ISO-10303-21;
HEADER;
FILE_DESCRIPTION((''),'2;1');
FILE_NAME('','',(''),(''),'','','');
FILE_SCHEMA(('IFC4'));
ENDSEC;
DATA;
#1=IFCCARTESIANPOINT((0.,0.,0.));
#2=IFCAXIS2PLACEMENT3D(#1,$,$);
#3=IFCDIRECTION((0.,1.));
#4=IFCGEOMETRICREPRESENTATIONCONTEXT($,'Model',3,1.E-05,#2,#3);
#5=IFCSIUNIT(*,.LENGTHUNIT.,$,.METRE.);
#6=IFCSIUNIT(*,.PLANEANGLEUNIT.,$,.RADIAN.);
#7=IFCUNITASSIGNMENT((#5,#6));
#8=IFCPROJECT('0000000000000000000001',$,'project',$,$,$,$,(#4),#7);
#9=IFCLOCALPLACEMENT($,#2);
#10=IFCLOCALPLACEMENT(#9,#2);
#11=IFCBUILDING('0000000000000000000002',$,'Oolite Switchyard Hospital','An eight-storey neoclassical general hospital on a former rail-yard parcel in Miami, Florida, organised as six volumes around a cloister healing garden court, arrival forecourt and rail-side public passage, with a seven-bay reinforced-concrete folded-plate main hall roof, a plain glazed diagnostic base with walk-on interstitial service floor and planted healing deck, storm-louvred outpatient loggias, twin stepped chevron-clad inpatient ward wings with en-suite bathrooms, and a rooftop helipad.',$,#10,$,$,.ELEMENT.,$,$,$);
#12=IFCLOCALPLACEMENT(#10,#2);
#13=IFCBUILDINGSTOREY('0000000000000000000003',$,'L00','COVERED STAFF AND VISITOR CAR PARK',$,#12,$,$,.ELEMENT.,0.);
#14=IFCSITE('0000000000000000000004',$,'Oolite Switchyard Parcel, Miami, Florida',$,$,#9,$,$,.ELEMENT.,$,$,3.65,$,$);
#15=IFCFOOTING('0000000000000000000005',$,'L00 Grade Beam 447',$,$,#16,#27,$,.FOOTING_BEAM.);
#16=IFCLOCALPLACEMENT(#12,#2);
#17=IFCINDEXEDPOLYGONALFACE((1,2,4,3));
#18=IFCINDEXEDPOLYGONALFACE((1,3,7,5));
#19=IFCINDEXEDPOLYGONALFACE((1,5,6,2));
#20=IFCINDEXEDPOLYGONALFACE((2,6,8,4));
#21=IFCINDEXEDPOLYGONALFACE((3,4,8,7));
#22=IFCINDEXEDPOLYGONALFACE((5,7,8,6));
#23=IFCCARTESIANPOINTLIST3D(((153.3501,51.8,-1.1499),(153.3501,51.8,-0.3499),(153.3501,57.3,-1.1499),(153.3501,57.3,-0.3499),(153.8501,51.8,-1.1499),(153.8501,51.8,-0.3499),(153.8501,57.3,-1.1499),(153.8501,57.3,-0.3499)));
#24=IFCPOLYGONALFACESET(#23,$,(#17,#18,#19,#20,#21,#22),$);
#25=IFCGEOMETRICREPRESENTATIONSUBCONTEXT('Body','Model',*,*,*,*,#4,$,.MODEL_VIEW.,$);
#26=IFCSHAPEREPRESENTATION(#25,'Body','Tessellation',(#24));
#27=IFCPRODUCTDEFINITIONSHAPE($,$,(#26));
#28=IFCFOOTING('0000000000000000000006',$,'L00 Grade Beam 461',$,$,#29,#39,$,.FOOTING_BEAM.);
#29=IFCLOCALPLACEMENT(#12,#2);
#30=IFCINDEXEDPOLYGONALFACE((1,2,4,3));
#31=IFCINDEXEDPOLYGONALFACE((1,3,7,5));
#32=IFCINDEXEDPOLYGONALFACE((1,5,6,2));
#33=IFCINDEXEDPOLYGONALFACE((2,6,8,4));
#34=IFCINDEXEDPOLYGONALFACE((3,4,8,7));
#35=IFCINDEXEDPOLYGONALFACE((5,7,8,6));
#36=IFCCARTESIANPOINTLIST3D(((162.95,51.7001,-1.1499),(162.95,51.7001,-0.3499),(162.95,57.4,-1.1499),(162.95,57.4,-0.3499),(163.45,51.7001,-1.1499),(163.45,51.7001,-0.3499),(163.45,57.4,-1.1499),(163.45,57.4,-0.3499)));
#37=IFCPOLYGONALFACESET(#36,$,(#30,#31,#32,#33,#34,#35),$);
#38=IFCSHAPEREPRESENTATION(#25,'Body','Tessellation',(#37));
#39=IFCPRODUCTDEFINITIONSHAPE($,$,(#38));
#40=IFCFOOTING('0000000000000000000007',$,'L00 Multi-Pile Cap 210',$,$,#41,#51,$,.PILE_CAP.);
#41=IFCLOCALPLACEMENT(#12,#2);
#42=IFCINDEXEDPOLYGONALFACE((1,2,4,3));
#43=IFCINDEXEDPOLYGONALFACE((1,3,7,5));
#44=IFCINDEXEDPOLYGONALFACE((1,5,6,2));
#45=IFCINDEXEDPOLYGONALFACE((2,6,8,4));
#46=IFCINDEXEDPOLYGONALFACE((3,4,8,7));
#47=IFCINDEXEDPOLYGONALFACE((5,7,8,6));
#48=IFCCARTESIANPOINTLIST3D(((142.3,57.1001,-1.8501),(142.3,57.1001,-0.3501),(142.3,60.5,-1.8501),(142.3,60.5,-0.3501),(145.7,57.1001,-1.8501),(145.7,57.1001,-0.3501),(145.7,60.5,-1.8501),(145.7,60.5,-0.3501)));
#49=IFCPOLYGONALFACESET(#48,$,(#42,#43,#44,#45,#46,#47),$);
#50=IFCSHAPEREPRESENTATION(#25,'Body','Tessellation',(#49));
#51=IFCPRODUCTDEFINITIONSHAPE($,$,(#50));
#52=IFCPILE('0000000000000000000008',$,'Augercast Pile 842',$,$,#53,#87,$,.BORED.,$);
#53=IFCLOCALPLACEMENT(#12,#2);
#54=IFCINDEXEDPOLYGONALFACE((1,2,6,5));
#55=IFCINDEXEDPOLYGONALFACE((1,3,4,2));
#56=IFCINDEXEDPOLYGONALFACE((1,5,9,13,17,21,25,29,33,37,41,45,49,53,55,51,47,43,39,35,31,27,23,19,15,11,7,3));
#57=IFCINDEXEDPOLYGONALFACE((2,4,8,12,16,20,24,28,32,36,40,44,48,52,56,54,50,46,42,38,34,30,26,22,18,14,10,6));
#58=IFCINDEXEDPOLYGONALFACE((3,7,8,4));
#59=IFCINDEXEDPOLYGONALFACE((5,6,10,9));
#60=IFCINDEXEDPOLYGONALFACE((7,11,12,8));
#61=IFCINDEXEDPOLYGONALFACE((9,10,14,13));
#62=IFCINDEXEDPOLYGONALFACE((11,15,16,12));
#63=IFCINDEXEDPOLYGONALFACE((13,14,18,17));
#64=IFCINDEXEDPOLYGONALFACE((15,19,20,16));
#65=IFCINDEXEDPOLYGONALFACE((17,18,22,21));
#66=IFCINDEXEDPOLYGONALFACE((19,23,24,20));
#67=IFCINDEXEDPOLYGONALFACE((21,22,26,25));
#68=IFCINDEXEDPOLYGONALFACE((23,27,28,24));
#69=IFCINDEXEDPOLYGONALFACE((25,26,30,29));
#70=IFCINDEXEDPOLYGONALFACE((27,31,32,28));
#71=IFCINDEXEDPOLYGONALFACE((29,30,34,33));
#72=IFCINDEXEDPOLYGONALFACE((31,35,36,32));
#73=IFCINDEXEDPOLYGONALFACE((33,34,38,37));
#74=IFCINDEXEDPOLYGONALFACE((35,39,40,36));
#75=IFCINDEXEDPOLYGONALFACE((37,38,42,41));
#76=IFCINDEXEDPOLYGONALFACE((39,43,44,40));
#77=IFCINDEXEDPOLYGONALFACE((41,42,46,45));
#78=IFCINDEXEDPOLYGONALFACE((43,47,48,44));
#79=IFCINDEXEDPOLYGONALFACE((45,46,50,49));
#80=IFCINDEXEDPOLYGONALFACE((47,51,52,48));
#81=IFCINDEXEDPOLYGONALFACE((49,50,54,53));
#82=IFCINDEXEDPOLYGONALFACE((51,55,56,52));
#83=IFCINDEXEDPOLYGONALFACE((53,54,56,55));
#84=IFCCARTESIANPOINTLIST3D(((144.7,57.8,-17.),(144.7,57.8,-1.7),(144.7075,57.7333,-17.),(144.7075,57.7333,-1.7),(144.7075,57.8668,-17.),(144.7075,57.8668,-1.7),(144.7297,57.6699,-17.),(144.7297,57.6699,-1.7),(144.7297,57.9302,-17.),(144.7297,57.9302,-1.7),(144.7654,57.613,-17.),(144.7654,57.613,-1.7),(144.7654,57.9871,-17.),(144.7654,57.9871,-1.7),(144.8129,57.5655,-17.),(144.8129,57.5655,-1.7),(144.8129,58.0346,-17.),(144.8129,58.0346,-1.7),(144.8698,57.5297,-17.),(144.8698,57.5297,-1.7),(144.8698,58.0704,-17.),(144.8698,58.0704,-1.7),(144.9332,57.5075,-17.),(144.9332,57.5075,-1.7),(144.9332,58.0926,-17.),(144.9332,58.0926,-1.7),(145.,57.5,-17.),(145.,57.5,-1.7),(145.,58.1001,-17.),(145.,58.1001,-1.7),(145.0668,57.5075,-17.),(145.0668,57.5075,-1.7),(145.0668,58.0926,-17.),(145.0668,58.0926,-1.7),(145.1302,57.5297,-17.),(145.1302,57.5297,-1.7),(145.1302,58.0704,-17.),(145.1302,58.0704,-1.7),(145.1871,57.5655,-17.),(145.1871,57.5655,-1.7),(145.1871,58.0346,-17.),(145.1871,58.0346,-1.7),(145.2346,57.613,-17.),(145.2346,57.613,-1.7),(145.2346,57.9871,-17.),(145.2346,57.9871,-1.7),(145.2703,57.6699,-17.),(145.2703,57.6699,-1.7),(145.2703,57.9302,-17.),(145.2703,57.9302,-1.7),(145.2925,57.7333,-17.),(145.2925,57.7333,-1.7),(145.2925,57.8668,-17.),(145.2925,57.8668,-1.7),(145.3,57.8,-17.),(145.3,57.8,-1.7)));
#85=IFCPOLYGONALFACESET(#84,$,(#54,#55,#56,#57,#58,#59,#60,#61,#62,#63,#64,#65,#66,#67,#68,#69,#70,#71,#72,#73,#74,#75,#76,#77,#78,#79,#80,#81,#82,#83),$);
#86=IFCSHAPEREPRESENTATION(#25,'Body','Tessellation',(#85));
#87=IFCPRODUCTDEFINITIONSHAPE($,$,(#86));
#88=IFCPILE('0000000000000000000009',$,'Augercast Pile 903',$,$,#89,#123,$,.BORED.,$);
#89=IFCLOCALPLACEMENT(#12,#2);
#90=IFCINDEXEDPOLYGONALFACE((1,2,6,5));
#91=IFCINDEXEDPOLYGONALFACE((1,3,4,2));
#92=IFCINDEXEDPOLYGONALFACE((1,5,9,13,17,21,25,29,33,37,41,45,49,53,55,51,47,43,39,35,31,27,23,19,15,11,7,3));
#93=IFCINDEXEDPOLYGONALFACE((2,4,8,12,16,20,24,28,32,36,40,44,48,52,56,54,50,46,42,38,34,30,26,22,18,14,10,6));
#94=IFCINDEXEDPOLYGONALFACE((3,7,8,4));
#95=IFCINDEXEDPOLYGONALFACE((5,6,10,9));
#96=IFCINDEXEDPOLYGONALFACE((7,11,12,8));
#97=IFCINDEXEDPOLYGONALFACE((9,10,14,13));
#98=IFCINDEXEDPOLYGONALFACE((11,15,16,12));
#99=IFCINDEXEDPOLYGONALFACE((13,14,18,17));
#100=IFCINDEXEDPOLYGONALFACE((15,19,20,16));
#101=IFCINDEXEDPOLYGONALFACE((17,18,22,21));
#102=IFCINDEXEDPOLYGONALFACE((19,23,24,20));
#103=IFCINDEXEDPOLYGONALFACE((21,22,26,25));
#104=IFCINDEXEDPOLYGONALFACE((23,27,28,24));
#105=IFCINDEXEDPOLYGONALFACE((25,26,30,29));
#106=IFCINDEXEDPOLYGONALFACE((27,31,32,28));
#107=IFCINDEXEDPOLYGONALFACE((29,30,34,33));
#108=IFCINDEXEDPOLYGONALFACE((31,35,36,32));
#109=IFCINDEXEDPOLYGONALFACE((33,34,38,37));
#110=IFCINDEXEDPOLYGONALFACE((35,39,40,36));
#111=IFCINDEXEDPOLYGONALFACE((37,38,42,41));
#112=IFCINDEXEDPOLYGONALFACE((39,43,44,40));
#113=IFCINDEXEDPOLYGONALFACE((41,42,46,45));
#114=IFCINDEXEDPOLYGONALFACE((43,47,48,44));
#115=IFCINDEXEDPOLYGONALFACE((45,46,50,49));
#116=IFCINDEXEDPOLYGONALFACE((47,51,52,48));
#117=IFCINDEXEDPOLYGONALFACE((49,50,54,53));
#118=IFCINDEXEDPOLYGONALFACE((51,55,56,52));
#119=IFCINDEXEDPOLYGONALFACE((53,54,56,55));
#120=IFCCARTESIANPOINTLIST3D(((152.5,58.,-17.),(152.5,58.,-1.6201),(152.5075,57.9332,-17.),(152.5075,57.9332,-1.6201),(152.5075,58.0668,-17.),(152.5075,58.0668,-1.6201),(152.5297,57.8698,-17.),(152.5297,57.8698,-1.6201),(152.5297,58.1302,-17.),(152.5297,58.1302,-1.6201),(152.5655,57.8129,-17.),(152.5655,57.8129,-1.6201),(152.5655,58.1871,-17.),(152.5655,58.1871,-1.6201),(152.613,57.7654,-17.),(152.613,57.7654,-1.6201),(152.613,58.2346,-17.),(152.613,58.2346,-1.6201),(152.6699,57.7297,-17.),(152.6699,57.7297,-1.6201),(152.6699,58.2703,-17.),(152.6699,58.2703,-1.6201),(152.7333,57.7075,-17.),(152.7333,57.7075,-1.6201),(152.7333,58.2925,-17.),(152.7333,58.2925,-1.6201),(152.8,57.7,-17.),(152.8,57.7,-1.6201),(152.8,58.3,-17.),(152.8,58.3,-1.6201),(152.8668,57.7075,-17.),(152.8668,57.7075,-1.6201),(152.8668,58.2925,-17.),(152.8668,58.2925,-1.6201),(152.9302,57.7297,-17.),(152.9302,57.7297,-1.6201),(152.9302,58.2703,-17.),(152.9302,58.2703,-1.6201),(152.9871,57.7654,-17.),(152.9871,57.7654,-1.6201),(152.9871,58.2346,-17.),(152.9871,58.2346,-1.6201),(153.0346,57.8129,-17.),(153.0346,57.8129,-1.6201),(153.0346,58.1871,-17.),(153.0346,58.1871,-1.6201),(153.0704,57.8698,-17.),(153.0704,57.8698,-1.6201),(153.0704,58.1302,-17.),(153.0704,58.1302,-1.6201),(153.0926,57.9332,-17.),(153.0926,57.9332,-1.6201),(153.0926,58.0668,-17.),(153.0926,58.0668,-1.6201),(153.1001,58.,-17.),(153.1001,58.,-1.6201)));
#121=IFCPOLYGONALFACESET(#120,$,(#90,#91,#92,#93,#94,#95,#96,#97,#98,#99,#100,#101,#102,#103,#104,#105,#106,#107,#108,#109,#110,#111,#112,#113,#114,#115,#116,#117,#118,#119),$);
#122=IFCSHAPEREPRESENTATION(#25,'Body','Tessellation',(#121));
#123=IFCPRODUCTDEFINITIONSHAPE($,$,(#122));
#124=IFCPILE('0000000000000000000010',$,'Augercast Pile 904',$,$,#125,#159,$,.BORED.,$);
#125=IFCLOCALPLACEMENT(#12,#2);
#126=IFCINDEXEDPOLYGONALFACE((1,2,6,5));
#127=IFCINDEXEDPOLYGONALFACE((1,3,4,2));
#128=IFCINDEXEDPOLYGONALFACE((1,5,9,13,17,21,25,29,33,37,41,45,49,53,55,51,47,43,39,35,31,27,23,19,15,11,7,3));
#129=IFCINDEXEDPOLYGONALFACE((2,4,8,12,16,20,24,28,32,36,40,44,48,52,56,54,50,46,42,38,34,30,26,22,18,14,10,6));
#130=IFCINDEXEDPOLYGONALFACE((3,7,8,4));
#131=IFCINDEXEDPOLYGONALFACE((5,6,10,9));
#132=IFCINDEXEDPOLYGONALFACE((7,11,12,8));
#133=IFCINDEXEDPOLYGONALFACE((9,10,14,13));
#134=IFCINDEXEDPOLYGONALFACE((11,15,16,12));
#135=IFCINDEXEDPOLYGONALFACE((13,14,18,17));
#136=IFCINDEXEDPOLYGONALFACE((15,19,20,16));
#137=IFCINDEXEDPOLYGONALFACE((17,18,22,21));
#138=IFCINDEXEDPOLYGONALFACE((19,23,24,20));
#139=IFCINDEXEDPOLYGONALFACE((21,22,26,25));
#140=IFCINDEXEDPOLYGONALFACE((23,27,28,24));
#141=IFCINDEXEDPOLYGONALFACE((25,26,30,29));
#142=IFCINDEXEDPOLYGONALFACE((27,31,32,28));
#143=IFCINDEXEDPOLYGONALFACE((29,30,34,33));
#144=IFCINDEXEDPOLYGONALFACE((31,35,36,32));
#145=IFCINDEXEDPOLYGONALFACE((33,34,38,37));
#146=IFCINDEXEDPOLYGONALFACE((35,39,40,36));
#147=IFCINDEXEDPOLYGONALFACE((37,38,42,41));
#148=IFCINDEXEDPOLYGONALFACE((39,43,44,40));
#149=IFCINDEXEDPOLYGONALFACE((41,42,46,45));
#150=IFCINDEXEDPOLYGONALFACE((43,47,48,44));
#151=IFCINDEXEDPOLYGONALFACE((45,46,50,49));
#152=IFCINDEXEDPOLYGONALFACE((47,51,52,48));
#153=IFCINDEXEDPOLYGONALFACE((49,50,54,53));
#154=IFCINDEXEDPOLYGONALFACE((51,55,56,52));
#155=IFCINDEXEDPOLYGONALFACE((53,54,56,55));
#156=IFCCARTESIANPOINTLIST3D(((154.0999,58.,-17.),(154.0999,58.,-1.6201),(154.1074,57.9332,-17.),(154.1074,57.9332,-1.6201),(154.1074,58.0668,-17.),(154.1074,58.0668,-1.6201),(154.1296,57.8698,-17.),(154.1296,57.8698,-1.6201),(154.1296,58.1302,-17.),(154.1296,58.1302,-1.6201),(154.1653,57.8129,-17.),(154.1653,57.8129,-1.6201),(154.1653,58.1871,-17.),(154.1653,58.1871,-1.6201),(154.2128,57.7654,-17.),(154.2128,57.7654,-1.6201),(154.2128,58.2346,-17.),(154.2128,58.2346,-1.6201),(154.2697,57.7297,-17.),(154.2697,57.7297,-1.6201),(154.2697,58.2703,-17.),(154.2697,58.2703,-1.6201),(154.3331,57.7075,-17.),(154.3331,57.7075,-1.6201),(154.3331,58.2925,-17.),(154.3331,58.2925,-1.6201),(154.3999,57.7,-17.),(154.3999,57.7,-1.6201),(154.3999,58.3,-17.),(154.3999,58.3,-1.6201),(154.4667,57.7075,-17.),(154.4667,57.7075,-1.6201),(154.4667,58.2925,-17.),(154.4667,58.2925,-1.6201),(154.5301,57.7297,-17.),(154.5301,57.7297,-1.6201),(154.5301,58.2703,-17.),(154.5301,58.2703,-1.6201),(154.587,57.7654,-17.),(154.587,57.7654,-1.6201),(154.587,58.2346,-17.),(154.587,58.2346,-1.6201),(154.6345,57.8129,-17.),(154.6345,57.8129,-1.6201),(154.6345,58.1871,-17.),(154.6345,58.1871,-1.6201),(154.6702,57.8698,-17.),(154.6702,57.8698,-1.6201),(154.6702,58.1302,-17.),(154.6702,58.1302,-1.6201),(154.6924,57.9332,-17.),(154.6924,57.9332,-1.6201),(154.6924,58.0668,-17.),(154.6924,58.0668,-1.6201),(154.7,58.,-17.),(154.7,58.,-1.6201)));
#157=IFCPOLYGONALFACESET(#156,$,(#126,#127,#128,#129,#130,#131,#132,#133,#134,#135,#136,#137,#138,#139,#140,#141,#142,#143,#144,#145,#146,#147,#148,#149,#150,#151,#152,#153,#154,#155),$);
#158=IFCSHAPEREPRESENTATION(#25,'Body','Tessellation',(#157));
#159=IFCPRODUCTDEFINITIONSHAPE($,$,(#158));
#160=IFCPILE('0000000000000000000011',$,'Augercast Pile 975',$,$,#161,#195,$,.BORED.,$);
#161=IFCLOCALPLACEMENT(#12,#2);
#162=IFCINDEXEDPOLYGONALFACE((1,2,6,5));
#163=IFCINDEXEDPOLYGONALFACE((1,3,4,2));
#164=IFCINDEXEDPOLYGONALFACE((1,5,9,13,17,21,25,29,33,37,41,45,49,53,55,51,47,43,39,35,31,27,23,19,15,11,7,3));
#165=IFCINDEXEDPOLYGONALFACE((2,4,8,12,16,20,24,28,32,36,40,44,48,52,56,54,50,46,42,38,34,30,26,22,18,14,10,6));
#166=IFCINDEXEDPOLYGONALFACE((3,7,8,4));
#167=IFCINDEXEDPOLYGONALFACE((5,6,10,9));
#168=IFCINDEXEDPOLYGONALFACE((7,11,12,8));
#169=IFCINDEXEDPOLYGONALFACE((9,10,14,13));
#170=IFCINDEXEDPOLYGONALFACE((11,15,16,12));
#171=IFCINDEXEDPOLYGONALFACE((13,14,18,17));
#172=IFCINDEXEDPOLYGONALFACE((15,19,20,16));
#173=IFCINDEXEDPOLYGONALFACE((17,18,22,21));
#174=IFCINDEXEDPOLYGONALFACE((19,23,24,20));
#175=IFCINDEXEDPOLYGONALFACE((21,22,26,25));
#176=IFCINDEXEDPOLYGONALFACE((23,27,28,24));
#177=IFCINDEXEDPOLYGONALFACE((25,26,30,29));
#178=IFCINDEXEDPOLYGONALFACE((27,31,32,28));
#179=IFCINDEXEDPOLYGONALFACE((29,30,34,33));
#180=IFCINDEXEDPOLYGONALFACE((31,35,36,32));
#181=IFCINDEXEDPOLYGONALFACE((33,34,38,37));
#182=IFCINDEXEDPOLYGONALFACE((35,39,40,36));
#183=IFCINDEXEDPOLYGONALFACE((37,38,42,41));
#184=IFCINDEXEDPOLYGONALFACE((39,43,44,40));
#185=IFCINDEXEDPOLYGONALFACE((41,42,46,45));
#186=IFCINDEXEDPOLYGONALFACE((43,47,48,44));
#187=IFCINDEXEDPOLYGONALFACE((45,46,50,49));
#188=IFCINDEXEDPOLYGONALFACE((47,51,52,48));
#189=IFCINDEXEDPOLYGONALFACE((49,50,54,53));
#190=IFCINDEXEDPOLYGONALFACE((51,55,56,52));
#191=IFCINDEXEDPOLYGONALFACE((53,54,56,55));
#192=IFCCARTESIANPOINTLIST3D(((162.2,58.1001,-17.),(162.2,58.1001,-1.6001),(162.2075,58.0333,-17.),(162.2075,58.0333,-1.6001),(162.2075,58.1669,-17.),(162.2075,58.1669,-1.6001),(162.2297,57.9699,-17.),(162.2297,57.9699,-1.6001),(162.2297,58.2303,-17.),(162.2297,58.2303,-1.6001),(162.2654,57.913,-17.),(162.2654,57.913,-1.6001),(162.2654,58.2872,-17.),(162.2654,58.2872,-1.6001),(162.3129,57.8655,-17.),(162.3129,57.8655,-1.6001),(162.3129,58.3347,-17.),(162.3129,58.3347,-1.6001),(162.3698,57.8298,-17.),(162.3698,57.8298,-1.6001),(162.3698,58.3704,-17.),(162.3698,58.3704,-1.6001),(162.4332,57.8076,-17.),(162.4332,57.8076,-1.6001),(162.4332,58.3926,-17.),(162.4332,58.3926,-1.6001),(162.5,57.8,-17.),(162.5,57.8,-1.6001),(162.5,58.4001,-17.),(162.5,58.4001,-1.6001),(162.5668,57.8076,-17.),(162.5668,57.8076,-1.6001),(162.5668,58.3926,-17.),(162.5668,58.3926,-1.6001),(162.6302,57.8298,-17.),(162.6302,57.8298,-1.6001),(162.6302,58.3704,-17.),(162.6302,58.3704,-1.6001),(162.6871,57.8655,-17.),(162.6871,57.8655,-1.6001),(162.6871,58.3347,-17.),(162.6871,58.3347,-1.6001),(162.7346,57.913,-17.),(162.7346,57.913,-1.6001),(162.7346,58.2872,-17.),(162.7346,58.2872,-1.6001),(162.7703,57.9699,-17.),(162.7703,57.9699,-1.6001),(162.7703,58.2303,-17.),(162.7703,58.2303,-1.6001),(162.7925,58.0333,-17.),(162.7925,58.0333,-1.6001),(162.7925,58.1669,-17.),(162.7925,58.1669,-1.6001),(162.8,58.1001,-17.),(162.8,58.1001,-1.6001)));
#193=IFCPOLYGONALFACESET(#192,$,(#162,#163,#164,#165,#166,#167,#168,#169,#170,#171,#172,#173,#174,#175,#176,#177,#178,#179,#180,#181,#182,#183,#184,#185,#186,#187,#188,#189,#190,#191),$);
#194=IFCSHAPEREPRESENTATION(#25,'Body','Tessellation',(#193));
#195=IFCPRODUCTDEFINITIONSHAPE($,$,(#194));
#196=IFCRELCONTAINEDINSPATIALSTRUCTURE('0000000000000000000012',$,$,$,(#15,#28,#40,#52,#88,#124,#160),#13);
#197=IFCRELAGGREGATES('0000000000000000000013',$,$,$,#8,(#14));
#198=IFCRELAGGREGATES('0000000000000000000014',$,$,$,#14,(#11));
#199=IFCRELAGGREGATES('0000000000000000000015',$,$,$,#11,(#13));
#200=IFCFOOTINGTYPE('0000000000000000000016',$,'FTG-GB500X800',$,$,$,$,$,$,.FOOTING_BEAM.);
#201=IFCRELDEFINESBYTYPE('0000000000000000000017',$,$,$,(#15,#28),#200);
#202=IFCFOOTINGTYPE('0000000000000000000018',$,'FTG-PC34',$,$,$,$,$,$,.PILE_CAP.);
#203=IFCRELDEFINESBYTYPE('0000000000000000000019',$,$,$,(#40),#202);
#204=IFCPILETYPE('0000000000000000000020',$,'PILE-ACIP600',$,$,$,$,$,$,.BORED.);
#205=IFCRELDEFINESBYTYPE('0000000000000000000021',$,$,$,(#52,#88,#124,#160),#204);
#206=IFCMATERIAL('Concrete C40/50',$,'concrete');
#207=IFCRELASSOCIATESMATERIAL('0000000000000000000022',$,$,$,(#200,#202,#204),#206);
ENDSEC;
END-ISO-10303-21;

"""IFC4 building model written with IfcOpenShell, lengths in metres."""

from ifc_helpers import new_model, si_unit, direction, frame, origin, origin_2d, place, context, subcontext, project, spatial, rectangle, circle, extrude, material, material_profile, profile_set, type_object, element, save


model = new_model("IFC4")

# Units and contexts
model_context = context("Model", 3, precision=1e-05, world=origin(), true_north=direction((0.0, 1.0)))
body_context = subcontext(model_context, "Body", "Model", "MODEL_VIEW")
ifc_project = project(units=[si_unit("LENGTHUNIT", "METRE"), si_unit("PLANEANGLEUNIT", "RADIAN")], contexts=[model_context])

# Site, building, storey
site_placement = place(None, origin())
site = spatial("IfcSite", under=ifc_project, at=site_placement, Name="Oolite Switchyard Parcel, Miami, Florida", CompositionType="ELEMENT", RefElevation=3.65)
building_placement = place(site_placement, origin())
building = spatial("IfcBuilding", under=site, at=building_placement, Name="Oolite Switchyard Hospital", Description="An eight-storey neoclassical general hospital on a former rail-yard parcel in Miami, Florida, organised as six volumes around a cloister healing garden court, arrival forecourt and rail-side public passage, with a seven-bay reinforced-concrete folded-plate main hall roof, a plain glazed diagnostic base with walk-on interstitial service floor and planted healing deck, storm-louvred outpatient loggias, twin stepped chevron-clad inpatient ward wings with en-suite bathrooms, and a rooftop helipad.", CompositionType="ELEMENT")
storey_placement = place(building_placement, origin())
storey = spatial("IfcBuildingStorey", under=building, at=storey_placement, Name="L00", Description="COVERED STAFF AND VISITOR CAR PARK", CompositionType="ELEMENT", Elevation=0.0)

# Footings
ifc_material_1 = material(Name="Concrete C40/50", Category="concrete")
footing_type_1 = type_object("IfcFootingType", Name="FTG-GB500X800", PredefinedType="FOOTING_BEAM", material=ifc_material_1)
footing_1_placement = place(storey_placement, frame((153.6001, 54.55, -1.1499), z_axis=(0.0, 0.0, 1.0), x_axis=(0.0, 1.0, 0.0)))
element("IfcFooting", 1, at=footing_1_placement, inside=storey, type_object=footing_type_1, Name="L00 Grade Beam 447", PredefinedType="FOOTING_BEAM", context=body_context, shape_type="SweptSolid", body=[
    extrude(rectangle(XDim=5.5, YDim=0.5, at=origin_2d()), origin(), (0.0, 0.0, 1.0), 0.8),
])
footing_2_placement = place(storey_placement, frame((163.2, 54.55, -1.1499), z_axis=(0.0, 0.0, 1.0), x_axis=(0.0, 1.0, 0.0)))
element("IfcFooting", 2, at=footing_2_placement, inside=storey, type_object=footing_type_1, Name="L00 Grade Beam 461", PredefinedType="FOOTING_BEAM", context=body_context, shape_type="SweptSolid", body=[
    extrude(rectangle(XDim=5.7, YDim=0.5, at=origin_2d()), origin(), (0.0, 0.0, 1.0), 0.8),
])
footing_type_2 = type_object("IfcFootingType", Name="FTG-PC34", PredefinedType="PILE_CAP", material=ifc_material_1)
footing_3_placement = place(storey_placement, frame((144.0, 58.8, -1.8501), z_axis=(0.0, 0.0, 1.0), x_axis=(1.0, 0.0, 0.0)))
element("IfcFooting", 3, at=footing_3_placement, inside=storey, type_object=footing_type_2, Name="L00 Multi-Pile Cap 210", PredefinedType="PILE_CAP", context=body_context, shape_type="SweptSolid", body=[
    extrude(rectangle(XDim=3.3999, YDim=3.3999, at=origin_2d()), origin(), (0.0, 0.0, 1.0), 1.5),
])

# Piles
ifc_material_profile_1 = material_profile(ifc_material_1, circle(Radius=0.3, at=origin_2d()), Name="PILE600")
ifc_profile_set_1 = profile_set([ifc_material_profile_1], Name="Concrete C40/50")
pile_type = type_object("IfcPileType", Name="PILE-ACIP600", PredefinedType="BORED", material=ifc_profile_set_1)
pile_placement = place(storey_placement, frame((145.0, 57.8, -1.7), z_axis=(0.0, 0.0, -1.0), x_axis=(1.0, 0.0, 0.0)))
element("IfcPile", 4, at=pile_placement, inside=storey, type_object=pile_type, Name="Augercast Pile 842", PredefinedType="BORED", context=body_context, shape_type="SweptSolid", body=[
    extrude(circle(Radius=0.3, at=origin_2d()), origin(), (0.0, 0.0, 1.0), 15.3),
])
for number, where, z_axis, x_axis, name in (
    (5, (152.8, 58.0, -1.6201), (0.0, 0.0, -1.0), (1.0, 0.0, 0.0), "Augercast Pile 903"),
    (6, (154.3999, 58.0, -1.6201), (0.0, 0.0, -1.0), (1.0, 0.0, 0.0), "Augercast Pile 904"),
):
    element("IfcPile", number, at=place(storey_placement, frame(where, z_axis=z_axis, x_axis=x_axis)), inside=storey, type_object=pile_type, Name=name, PredefinedType="BORED", context=body_context, shape_type="SweptSolid", body=[
        extrude(circle(Radius=0.3, at=origin_2d()), origin(), (0.0, 0.0, 1.0), 15.3799),
    ])
for number, where, z_axis, x_axis, name in (
    (7, (162.5, 58.1001, -1.6001), (0.0, 0.0, -1.0), (1.0, 0.0, 0.0), "Augercast Pile 975"),
):
    element("IfcPile", number, at=place(storey_placement, frame(where, z_axis=z_axis, x_axis=x_axis)), inside=storey, type_object=pile_type, Name=name, PredefinedType="BORED", context=body_context, shape_type="SweptSolid", body=[
        extrude(circle(Radius=0.3, at=origin_2d()), origin(), (0.0, 0.0, 1.0), 15.3999),
    ])

save(model, "model.ifc")
